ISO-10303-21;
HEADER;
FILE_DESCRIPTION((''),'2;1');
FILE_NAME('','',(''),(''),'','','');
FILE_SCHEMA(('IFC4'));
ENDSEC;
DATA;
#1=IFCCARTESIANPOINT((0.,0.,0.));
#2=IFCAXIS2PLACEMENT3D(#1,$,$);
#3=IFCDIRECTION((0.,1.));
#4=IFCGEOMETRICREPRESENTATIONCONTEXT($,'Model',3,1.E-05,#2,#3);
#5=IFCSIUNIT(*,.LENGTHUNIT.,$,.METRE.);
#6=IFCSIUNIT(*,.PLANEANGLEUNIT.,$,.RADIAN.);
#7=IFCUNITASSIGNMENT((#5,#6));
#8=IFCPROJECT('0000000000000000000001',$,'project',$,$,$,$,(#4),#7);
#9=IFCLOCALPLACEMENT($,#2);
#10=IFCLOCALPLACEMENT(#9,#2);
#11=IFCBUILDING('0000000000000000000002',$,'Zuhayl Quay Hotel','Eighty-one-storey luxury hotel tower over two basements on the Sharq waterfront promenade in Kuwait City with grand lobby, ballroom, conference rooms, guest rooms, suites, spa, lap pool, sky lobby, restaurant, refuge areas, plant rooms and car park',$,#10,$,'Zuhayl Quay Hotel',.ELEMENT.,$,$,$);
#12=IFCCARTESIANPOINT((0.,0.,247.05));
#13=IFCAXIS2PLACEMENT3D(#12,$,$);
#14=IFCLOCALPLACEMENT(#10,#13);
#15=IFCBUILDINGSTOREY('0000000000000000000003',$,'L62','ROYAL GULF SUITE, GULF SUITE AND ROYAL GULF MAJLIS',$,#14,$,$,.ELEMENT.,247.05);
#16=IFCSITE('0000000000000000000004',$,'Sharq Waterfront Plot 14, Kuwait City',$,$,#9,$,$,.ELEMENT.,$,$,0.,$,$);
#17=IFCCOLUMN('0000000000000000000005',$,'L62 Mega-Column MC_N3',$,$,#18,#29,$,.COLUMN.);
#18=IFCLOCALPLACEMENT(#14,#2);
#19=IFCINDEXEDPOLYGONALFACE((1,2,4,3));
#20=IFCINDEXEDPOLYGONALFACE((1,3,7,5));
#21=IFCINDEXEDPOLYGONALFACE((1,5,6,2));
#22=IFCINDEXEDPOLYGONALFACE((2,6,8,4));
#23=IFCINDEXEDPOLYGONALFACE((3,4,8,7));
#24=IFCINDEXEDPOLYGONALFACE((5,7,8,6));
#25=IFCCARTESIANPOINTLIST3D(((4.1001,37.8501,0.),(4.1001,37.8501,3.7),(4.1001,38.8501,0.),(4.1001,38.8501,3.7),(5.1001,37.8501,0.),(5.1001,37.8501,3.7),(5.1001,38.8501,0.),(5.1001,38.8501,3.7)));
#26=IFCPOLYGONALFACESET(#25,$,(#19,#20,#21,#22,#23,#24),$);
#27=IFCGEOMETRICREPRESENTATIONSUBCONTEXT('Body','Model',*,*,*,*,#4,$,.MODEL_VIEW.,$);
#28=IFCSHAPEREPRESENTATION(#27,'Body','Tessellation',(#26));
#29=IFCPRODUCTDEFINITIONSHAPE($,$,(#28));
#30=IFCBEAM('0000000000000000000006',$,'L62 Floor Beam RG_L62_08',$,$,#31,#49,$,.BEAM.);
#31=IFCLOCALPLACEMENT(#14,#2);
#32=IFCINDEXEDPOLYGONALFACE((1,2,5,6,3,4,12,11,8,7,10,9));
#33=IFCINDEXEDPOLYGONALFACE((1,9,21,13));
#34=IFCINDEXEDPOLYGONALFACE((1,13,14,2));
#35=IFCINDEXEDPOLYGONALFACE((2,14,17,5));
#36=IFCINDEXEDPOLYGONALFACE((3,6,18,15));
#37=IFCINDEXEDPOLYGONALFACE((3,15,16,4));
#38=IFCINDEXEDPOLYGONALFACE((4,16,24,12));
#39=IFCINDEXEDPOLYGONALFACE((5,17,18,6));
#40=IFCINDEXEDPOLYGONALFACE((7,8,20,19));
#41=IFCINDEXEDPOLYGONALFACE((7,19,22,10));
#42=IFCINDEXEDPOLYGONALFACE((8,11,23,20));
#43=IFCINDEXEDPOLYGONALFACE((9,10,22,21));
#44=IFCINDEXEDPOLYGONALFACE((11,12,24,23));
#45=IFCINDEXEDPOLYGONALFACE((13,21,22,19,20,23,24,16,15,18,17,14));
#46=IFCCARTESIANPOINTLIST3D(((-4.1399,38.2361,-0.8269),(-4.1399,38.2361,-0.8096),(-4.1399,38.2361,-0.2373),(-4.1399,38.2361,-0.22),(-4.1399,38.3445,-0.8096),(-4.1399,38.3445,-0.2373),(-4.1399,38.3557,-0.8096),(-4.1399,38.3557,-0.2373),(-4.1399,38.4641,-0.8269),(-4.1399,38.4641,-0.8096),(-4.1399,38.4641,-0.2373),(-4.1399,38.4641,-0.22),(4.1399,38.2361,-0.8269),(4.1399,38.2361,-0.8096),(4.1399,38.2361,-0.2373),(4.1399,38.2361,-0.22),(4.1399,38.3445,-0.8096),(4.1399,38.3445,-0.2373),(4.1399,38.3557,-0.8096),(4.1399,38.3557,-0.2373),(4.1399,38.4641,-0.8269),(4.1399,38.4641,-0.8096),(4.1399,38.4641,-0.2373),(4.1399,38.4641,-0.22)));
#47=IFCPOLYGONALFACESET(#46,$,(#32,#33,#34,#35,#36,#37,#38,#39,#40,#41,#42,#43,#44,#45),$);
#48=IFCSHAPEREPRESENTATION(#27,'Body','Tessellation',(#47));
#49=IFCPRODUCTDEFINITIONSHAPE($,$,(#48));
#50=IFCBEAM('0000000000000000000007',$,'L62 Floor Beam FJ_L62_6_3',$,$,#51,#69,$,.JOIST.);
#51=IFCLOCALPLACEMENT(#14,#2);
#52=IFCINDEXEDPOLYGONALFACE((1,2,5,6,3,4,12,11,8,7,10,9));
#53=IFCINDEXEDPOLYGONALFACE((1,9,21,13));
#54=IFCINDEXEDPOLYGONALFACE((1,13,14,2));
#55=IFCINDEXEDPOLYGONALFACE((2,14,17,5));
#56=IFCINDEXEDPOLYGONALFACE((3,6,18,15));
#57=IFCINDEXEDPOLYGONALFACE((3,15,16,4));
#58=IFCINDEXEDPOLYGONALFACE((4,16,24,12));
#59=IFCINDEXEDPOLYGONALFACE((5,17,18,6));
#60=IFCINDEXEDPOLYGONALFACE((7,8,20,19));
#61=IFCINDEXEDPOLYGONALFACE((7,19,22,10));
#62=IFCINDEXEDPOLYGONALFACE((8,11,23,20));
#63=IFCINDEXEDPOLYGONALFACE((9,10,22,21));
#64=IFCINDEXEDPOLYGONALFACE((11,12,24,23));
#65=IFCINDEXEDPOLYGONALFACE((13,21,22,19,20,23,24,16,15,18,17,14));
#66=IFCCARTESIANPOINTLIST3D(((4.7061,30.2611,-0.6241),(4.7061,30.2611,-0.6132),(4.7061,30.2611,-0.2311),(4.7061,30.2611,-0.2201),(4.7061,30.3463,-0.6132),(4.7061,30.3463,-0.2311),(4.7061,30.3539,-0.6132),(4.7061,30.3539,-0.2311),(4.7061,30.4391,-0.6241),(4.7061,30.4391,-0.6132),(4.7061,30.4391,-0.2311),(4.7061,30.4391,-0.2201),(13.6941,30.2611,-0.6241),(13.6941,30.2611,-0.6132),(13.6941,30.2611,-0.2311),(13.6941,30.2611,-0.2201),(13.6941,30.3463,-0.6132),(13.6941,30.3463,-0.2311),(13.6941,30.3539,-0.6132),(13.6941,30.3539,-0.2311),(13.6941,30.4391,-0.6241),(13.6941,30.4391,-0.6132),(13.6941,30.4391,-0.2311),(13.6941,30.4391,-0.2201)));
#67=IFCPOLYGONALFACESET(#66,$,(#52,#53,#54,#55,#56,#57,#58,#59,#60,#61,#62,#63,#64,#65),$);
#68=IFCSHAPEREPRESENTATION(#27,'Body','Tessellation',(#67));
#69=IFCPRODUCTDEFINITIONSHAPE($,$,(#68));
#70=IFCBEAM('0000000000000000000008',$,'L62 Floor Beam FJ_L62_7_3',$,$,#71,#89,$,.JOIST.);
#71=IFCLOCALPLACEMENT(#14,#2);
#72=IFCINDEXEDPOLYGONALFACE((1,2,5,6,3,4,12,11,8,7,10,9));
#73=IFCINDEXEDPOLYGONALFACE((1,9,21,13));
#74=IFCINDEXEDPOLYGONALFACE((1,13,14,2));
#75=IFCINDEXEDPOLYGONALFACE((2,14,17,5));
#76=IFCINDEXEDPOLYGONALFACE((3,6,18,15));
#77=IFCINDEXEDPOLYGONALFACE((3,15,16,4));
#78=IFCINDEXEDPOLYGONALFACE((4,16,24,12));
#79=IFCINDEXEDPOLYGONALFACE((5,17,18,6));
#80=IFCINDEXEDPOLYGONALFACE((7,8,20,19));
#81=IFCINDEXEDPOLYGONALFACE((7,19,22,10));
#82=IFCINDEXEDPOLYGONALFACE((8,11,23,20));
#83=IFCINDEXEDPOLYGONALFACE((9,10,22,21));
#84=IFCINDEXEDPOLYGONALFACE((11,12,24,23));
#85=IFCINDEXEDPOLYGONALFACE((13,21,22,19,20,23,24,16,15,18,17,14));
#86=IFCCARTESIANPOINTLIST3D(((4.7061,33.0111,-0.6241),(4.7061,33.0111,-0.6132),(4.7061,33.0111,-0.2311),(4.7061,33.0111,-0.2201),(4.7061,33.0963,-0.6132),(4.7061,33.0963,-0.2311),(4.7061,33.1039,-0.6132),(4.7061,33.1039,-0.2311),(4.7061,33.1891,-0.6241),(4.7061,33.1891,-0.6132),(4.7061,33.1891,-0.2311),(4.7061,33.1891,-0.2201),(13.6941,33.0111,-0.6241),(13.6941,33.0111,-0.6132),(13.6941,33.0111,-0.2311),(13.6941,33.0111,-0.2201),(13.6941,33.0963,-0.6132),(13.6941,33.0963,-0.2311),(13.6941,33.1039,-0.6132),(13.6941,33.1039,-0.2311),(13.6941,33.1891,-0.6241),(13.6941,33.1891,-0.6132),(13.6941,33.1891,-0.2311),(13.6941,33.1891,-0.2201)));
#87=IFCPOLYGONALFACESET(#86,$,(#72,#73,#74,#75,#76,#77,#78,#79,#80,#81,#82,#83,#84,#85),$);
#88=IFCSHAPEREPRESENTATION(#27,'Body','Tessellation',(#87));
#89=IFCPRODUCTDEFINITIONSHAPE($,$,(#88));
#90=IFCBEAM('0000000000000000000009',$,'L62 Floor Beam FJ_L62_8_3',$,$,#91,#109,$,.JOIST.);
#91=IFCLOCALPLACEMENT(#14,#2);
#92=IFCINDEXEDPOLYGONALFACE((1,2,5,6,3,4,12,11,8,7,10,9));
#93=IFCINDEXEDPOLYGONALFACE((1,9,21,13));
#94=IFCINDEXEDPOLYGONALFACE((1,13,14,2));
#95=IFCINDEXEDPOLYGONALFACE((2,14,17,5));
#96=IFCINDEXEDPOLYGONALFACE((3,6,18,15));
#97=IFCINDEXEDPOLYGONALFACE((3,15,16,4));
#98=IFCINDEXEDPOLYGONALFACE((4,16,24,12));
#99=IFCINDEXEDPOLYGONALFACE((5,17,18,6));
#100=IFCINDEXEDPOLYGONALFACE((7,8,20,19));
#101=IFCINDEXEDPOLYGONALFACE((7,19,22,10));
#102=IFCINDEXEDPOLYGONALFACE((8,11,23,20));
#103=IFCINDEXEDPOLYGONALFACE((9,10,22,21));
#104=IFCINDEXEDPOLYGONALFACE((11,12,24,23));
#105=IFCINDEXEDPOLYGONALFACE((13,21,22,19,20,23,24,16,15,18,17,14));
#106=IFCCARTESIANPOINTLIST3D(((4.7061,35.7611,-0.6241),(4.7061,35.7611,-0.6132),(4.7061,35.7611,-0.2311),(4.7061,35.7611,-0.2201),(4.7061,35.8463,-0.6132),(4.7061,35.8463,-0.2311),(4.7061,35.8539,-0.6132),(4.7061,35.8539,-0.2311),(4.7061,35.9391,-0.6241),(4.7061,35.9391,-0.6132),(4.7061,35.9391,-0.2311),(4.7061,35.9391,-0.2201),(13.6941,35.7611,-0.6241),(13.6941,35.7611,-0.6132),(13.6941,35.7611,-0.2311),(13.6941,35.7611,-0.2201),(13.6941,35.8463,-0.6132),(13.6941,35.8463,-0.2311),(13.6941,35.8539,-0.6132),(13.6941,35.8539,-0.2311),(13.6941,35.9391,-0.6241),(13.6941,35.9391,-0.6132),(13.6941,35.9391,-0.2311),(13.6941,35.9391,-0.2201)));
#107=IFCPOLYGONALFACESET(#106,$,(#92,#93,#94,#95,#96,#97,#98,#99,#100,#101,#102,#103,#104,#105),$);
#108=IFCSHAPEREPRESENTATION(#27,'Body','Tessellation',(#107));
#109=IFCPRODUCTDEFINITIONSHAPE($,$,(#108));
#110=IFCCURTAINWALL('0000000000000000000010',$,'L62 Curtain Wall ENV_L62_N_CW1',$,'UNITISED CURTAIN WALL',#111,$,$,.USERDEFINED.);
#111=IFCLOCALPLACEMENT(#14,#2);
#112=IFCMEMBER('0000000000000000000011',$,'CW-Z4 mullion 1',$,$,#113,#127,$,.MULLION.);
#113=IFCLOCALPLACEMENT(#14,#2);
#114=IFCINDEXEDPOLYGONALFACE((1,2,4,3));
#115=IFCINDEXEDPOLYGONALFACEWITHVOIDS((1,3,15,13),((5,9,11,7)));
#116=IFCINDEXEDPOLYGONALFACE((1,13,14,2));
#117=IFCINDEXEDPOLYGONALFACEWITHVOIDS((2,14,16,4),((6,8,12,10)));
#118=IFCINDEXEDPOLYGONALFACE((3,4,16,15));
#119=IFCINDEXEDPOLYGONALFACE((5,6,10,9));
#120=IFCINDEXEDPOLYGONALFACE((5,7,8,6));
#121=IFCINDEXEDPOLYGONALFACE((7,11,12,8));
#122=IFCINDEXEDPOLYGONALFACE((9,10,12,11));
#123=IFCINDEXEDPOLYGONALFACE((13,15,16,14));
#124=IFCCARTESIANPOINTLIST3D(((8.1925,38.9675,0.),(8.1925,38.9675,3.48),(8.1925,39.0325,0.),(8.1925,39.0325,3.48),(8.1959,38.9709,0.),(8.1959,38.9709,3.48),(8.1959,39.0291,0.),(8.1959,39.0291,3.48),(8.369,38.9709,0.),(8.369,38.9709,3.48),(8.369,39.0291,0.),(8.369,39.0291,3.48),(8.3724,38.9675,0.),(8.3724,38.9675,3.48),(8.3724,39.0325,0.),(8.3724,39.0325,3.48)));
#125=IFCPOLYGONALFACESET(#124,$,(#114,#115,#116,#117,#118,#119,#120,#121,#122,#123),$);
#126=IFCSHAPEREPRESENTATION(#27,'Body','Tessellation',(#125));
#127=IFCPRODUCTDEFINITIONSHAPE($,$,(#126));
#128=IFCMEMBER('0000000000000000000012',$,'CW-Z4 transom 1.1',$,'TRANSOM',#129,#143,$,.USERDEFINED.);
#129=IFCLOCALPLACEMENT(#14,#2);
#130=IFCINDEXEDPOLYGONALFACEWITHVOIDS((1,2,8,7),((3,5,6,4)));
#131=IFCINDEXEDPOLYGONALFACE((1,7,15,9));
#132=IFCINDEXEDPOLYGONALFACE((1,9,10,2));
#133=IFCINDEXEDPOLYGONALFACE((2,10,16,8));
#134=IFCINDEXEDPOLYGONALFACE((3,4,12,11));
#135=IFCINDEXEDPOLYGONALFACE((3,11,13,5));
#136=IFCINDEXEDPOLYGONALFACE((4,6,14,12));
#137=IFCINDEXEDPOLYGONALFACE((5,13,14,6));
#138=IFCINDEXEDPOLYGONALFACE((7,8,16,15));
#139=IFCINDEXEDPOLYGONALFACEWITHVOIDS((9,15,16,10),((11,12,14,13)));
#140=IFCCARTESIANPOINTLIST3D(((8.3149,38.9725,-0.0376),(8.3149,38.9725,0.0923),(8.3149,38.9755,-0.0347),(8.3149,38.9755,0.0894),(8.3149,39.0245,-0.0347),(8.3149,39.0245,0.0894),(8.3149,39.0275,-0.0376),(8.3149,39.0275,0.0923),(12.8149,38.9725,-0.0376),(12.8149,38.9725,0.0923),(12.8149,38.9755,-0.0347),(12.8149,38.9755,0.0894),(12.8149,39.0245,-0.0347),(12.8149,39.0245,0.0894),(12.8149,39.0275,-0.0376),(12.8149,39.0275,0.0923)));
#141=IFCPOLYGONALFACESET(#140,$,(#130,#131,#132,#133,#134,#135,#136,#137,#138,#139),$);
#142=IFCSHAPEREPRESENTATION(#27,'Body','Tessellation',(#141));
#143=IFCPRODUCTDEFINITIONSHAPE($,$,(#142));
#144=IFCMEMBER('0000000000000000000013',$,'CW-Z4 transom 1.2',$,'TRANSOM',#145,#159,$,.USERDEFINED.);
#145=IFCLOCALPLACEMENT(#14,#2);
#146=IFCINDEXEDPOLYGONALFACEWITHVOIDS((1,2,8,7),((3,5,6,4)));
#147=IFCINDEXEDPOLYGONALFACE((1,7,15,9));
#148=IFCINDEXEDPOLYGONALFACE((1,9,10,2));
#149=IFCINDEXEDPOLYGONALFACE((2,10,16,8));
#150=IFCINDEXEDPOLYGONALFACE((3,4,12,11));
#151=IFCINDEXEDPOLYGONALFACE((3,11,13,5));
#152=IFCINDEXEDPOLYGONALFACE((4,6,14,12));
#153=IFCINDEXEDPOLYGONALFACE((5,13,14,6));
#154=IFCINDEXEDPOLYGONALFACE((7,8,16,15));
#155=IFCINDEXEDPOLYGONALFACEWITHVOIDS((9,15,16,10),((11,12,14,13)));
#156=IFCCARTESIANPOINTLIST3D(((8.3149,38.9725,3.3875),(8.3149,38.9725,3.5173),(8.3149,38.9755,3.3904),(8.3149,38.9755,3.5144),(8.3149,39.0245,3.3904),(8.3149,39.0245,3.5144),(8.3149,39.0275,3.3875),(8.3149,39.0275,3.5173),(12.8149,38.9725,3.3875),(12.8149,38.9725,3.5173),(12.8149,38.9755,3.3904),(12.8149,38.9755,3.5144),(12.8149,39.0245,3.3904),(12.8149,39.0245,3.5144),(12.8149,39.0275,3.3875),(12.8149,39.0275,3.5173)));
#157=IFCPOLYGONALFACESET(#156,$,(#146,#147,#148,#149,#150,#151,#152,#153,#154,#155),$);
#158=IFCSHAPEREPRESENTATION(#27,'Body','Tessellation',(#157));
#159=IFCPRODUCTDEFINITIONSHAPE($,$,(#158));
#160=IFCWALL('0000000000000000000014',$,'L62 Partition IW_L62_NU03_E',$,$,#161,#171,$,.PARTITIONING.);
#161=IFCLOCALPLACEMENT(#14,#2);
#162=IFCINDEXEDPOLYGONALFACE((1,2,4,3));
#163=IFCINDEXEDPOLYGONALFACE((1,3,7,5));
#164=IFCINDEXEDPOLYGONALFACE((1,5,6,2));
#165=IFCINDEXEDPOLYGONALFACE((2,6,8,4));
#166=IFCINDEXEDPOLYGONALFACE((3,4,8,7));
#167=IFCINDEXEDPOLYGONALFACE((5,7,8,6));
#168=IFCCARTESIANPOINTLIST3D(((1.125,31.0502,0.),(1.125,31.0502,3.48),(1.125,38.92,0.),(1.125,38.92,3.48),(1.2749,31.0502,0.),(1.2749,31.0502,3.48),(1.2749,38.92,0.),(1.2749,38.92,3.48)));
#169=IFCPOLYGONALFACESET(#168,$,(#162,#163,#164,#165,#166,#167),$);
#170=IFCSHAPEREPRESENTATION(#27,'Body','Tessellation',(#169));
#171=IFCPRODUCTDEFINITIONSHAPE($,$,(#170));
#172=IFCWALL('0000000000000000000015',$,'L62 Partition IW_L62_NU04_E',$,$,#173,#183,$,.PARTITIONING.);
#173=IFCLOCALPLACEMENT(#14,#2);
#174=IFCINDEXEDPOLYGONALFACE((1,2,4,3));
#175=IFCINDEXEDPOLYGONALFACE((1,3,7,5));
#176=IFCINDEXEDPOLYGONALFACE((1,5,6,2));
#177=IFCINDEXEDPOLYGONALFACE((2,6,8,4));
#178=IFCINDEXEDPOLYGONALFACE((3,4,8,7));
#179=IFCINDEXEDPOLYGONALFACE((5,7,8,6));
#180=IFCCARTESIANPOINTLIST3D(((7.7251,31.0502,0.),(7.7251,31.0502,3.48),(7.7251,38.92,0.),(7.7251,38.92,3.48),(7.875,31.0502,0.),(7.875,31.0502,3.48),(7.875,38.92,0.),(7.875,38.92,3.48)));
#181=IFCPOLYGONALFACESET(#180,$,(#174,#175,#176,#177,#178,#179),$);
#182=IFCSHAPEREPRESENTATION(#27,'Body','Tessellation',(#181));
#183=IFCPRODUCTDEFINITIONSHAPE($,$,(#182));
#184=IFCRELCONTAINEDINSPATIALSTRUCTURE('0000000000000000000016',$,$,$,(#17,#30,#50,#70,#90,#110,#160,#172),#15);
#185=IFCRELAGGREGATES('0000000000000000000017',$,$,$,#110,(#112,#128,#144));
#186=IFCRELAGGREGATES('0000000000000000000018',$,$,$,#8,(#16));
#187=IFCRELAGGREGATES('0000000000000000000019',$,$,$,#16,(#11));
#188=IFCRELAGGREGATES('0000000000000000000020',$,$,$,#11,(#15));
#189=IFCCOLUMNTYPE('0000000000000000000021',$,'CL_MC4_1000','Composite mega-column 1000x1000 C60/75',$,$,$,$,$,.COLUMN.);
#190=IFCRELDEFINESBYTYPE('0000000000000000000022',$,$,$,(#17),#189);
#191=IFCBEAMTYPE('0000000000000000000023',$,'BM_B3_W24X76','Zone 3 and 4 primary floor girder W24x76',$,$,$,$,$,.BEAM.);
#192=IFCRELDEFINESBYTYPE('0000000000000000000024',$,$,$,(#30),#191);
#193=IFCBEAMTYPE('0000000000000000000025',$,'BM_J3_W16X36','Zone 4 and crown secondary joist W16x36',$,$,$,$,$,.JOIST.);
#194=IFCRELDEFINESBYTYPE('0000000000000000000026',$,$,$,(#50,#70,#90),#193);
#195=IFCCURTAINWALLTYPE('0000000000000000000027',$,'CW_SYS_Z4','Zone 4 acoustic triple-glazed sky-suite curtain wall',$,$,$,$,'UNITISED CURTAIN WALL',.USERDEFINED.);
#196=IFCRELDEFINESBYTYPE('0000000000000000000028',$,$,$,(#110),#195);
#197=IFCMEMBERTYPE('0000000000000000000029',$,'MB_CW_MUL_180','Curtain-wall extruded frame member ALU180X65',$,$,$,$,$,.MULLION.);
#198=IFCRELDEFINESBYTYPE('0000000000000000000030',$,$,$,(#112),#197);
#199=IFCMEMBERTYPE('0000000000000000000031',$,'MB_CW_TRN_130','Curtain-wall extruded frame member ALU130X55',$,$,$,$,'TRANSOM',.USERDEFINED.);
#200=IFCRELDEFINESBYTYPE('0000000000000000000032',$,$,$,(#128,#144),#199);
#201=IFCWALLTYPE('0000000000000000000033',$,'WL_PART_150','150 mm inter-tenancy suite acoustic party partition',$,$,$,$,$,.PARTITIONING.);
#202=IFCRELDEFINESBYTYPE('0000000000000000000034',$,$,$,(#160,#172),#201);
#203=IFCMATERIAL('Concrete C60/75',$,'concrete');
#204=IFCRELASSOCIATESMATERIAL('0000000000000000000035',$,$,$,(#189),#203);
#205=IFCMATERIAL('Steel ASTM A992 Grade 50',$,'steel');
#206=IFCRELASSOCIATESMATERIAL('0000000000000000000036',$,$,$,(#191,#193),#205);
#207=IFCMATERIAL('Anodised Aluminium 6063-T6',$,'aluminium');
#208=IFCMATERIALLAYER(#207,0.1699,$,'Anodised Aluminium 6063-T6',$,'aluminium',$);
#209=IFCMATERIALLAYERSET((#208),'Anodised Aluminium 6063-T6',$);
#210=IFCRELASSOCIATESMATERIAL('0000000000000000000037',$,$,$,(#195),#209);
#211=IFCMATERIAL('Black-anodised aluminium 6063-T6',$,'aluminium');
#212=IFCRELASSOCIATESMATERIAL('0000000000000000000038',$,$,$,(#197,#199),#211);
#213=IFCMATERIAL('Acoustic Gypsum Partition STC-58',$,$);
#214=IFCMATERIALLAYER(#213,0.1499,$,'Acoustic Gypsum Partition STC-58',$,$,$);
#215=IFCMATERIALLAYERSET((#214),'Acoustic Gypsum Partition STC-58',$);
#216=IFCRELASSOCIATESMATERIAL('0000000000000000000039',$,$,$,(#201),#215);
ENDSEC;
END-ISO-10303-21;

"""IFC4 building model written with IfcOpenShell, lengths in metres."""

from ifc_helpers import new_model, si_unit, direction, frame, frame_2d, origin, origin_2d, place, context, subcontext, project, spatial, rectangle, hollow_rectangle, i_section, extrude, material, layer, layer_set, material_profile, profile_set, type_object, element, aggregate, save


model = new_model("IFC4")

# Units and contexts
model_context = context("Model", 3, precision=1e-05, world=origin(), true_north=direction((0.0, 1.0)))
body_context = subcontext(model_context, "Body", "Model", "MODEL_VIEW")
ifc_project = project(units=[si_unit("LENGTHUNIT", "METRE"), si_unit("PLANEANGLEUNIT", "RADIAN")], contexts=[model_context])

# Site, building, storey
site_placement = place(None, origin())
site = spatial("IfcSite", under=ifc_project, at=site_placement, Name="Sharq Waterfront Plot 14, Kuwait City", CompositionType="ELEMENT", RefElevation=0.0)
building_placement = place(site_placement, origin())
building = spatial("IfcBuilding", under=site, at=building_placement, Name="Zuhayl Quay Hotel", Description="Eighty-one-storey luxury hotel tower over two basements on the Sharq waterfront promenade in Kuwait City with grand lobby, ballroom, conference rooms, guest rooms, suites, spa, lap pool, sky lobby, restaurant, refuge areas, plant rooms and car park", LongName="Zuhayl Quay Hotel", CompositionType="ELEMENT")
storey_placement = place(building_placement, frame((0.0, 0.0, 247.05)))
storey = spatial("IfcBuildingStorey", under=building, at=storey_placement, Name="L62", Description="ROYAL GULF SUITE, GULF SUITE AND ROYAL GULF MAJLIS", CompositionType="ELEMENT", Elevation=247.05)

# Column
ifc_material_1 = material(Name="Concrete C60/75", Category="concrete")
ifc_material_profile_1 = material_profile(ifc_material_1, rectangle(XDim=1.0, YDim=1.0, at=origin_2d()), Name="RC1000X1000")
ifc_profile_set_1 = profile_set([ifc_material_profile_1], Name="Concrete C60/75")
column_type = type_object("IfcColumnType", Name="CL_MC4_1000", Description="Composite mega-column 1000x1000 C60/75", PredefinedType="COLUMN", material=ifc_profile_set_1)
column_placement = place(storey_placement, frame((4.6001, 38.3501, 0.0), z_axis=(0.0, 0.0, 1.0), x_axis=(1.0, 0.0, 0.0)))
element("IfcColumn", 1, at=column_placement, inside=storey, type_object=column_type, Name="L62 Mega-Column MC_N3", PredefinedType="COLUMN", context=body_context, shape_type="SweptSolid", body=[
    extrude(rectangle(XDim=1.0, YDim=1.0, at=origin_2d()), origin(), (0.0, 0.0, 1.0), 3.7),
])

# Beams
ifc_material_2 = material(Name="Steel ASTM A992 Grade 50", Category="steel")
ifc_material_profile_2 = material_profile(ifc_material_2, i_section(OverallWidth=0.228, OverallDepth=0.6069, WebThickness=0.0112, FlangeThickness=0.0173, at=origin_2d()), Name="W24X76")
ifc_profile_set_2 = profile_set([ifc_material_profile_2], Name="Steel ASTM A992 Grade 50")
beam_type_1 = type_object("IfcBeamType", Name="BM_B3_W24X76", Description="Zone 3 and 4 primary floor girder W24x76", PredefinedType="BEAM", material=ifc_profile_set_2)
beam_placement = place(storey_placement, frame((4.1399, 38.3501, -0.5234), z_axis=(-1.0, 0.0, 0.0), x_axis=(0.0, -1.0, 0.0)))
element("IfcBeam", 2, at=beam_placement, inside=storey, type_object=beam_type_1, Name="L62 Floor Beam RG_L62_08", PredefinedType="BEAM", context=body_context, shape_type="SweptSolid", body=[
    extrude(i_section(OverallWidth=0.228, OverallDepth=0.6069, WebThickness=0.0112, FlangeThickness=0.0173, at=origin_2d()), origin(), (0.0, 0.0, 1.0), 8.2798),
])
ifc_material_profile_3 = material_profile(ifc_material_2, i_section(OverallWidth=0.178, OverallDepth=0.4041, WebThickness=0.0076, FlangeThickness=0.011, at=origin_2d()), Name="W16X36")
ifc_profile_set_3 = profile_set([ifc_material_profile_3], Name="Steel ASTM A992 Grade 50")
beam_type_2 = type_object("IfcBeamType", Name="BM_J3_W16X36", Description="Zone 4 and crown secondary joist W16x36", PredefinedType="JOIST", material=ifc_profile_set_3)
for number, where, z_axis, x_axis, name in (
    (3, (4.7061, 30.3501, -0.4221), (1.0, 0.0, 0.0), (0.0, 1.0, 0.0), "L62 Floor Beam FJ_L62_6_3"),
    (4, (4.7061, 33.1001, -0.4221), (1.0, 0.0, 0.0), (0.0, 1.0, 0.0), "L62 Floor Beam FJ_L62_7_3"),
    (5, (4.7061, 35.8501, -0.4221), (1.0, 0.0, 0.0), (0.0, 1.0, 0.0), "L62 Floor Beam FJ_L62_8_3"),
):
    element("IfcBeam", number, at=place(storey_placement, frame(where, z_axis=z_axis, x_axis=x_axis)), inside=storey, type_object=beam_type_2, Name=name, PredefinedType="JOIST", context=body_context, shape_type="SweptSolid", body=[
        extrude(i_section(OverallWidth=0.178, OverallDepth=0.4041, WebThickness=0.0076, FlangeThickness=0.011, at=origin_2d()), origin(), (0.0, 0.0, 1.0), 8.988),
    ])

# Curtain wall, members
ifc_material_3 = material(Name="Anodised Aluminium 6063-T6", Category="aluminium")
ifc_layer_1 = layer(ifc_material_3, 0.1699, Name="Anodised Aluminium 6063-T6", Category="aluminium")
ifc_layer_set_1 = layer_set([ifc_layer_1], Name="Anodised Aluminium 6063-T6")
curtain_wall_type = type_object("IfcCurtainWallType", Name="CW_SYS_Z4", Description="Zone 4 acoustic triple-glazed sky-suite curtain wall", ElementType="UNITISED CURTAIN WALL", PredefinedType="USERDEFINED", material=ifc_layer_set_1)
curtain_wall_placement = place(storey_placement, origin())
curtain_wall = element("IfcCurtainWall", 6, at=curtain_wall_placement, inside=storey, type_object=curtain_wall_type, Name="L62 Curtain Wall ENV_L62_N_CW1", ObjectType="UNITISED CURTAIN WALL", PredefinedType="USERDEFINED")
ifc_material_4 = material(Name="Black-anodised aluminium 6063-T6", Category="aluminium")
ifc_material_profile_4 = material_profile(ifc_material_4, hollow_rectangle(XDim=0.0649, YDim=0.1799, WallThickness=0.0034, at=origin_2d()), Name="ALU180X65")
ifc_profile_set_4 = profile_set([ifc_material_profile_4], Name="Black-anodised aluminium 6063-T6")
member_type_1 = type_object("IfcMemberType", Name="MB_CW_MUL_180", Description="Curtain-wall extruded frame member ALU180X65", PredefinedType="MULLION", material=ifc_profile_set_4)
member_1_placement = place(storey_placement, frame((8.2825, 39.0, 0.0), z_axis=(0.0, 0.0, 1.0), x_axis=(0.0, 1.0, 0.0)))
member_1 = element("IfcMember", 7, at=member_1_placement, type_object=member_type_1, Name="CW-Z4 mullion 1", PredefinedType="MULLION", context=body_context, shape_type="SweptSolid", body=[
    extrude(hollow_rectangle(XDim=0.0649, YDim=0.1799, WallThickness=0.0034, at=origin_2d()), origin(), (0.0, 0.0, 1.0), 3.48),
])
ifc_material_profile_5 = material_profile(ifc_material_4, hollow_rectangle(XDim=0.0549, YDim=0.1299, WallThickness=0.0029, at=origin_2d()), Name="ALU130X55")
ifc_profile_set_5 = profile_set([ifc_material_profile_5], Name="Black-anodised aluminium 6063-T6")
member_type_2 = type_object("IfcMemberType", Name="MB_CW_TRN_130", Description="Curtain-wall extruded frame member ALU130X55", ElementType="TRANSOM", PredefinedType="USERDEFINED", material=ifc_profile_set_5)
member_2_placement = place(storey_placement, frame((8.3149, 39.0, 0.0273), z_axis=(1.0, 0.0, 0.0), x_axis=(0.0, 1.0, 0.0)))
member_2 = element("IfcMember", 8, at=member_2_placement, type_object=member_type_2, Name="CW-Z4 transom 1.1", ObjectType="TRANSOM", PredefinedType="USERDEFINED", context=body_context, shape_type="SweptSolid", body=[
    extrude(hollow_rectangle(XDim=0.0549, YDim=0.1299, WallThickness=0.0029, at=origin_2d()), origin(), (0.0, 0.0, 1.0), 4.5),
])
member_3_placement = place(storey_placement, frame((8.3149, 39.0, 3.4524), z_axis=(1.0, 0.0, 0.0), x_axis=(0.0, 1.0, 0.0)))
member_3 = element("IfcMember", 9, at=member_3_placement, type_object=member_type_2, Name="CW-Z4 transom 1.2", ObjectType="TRANSOM", PredefinedType="USERDEFINED", context=body_context, shape_type="SweptSolid", body=[
    extrude(hollow_rectangle(XDim=0.0549, YDim=0.1299, WallThickness=0.0029, at=origin_2d()), origin(), (0.0, 0.0, 1.0), 4.5),
])
aggregate(curtain_wall, [member_1, member_2, member_3])

# Walls
ifc_material_5 = material(Name="Acoustic Gypsum Partition STC-58")
ifc_layer_2 = layer(ifc_material_5, 0.1499, Name="Acoustic Gypsum Partition STC-58")
ifc_layer_set_2 = layer_set([ifc_layer_2], Name="Acoustic Gypsum Partition STC-58")
wall_type_1 = type_object("IfcWallType", Name="WL_PART_150", Description="150 mm inter-tenancy suite acoustic party partition", PredefinedType="PARTITIONING", material=ifc_layer_set_2)
for number, where, z_axis, x_axis, name in (
    (10, (1.2, 31.05, 0.0), (0.0, 0.0, 1.0), (0.0, 1.0, 0.0), "L62 Partition IW_L62_NU03_E"),
    (11, (7.8, 31.05, 0.0), (0.0, 0.0, 1.0), (0.0, 1.0, 0.0), "L62 Partition IW_L62_NU04_E"),
):
    element("IfcWall", number, at=place(storey_placement, frame(where, z_axis=z_axis, x_axis=x_axis)), inside=storey, type_object=wall_type_1, Name=name, PredefinedType="PARTITIONING", context=body_context, shape_type="SweptSolid", body=[
        extrude(rectangle(XDim=7.8699, YDim=0.1499, at=frame_2d((3.9351, 0.0))), origin(), (0.0, 0.0, 1.0), 3.48),
    ])

save(model, "model.ifc")
